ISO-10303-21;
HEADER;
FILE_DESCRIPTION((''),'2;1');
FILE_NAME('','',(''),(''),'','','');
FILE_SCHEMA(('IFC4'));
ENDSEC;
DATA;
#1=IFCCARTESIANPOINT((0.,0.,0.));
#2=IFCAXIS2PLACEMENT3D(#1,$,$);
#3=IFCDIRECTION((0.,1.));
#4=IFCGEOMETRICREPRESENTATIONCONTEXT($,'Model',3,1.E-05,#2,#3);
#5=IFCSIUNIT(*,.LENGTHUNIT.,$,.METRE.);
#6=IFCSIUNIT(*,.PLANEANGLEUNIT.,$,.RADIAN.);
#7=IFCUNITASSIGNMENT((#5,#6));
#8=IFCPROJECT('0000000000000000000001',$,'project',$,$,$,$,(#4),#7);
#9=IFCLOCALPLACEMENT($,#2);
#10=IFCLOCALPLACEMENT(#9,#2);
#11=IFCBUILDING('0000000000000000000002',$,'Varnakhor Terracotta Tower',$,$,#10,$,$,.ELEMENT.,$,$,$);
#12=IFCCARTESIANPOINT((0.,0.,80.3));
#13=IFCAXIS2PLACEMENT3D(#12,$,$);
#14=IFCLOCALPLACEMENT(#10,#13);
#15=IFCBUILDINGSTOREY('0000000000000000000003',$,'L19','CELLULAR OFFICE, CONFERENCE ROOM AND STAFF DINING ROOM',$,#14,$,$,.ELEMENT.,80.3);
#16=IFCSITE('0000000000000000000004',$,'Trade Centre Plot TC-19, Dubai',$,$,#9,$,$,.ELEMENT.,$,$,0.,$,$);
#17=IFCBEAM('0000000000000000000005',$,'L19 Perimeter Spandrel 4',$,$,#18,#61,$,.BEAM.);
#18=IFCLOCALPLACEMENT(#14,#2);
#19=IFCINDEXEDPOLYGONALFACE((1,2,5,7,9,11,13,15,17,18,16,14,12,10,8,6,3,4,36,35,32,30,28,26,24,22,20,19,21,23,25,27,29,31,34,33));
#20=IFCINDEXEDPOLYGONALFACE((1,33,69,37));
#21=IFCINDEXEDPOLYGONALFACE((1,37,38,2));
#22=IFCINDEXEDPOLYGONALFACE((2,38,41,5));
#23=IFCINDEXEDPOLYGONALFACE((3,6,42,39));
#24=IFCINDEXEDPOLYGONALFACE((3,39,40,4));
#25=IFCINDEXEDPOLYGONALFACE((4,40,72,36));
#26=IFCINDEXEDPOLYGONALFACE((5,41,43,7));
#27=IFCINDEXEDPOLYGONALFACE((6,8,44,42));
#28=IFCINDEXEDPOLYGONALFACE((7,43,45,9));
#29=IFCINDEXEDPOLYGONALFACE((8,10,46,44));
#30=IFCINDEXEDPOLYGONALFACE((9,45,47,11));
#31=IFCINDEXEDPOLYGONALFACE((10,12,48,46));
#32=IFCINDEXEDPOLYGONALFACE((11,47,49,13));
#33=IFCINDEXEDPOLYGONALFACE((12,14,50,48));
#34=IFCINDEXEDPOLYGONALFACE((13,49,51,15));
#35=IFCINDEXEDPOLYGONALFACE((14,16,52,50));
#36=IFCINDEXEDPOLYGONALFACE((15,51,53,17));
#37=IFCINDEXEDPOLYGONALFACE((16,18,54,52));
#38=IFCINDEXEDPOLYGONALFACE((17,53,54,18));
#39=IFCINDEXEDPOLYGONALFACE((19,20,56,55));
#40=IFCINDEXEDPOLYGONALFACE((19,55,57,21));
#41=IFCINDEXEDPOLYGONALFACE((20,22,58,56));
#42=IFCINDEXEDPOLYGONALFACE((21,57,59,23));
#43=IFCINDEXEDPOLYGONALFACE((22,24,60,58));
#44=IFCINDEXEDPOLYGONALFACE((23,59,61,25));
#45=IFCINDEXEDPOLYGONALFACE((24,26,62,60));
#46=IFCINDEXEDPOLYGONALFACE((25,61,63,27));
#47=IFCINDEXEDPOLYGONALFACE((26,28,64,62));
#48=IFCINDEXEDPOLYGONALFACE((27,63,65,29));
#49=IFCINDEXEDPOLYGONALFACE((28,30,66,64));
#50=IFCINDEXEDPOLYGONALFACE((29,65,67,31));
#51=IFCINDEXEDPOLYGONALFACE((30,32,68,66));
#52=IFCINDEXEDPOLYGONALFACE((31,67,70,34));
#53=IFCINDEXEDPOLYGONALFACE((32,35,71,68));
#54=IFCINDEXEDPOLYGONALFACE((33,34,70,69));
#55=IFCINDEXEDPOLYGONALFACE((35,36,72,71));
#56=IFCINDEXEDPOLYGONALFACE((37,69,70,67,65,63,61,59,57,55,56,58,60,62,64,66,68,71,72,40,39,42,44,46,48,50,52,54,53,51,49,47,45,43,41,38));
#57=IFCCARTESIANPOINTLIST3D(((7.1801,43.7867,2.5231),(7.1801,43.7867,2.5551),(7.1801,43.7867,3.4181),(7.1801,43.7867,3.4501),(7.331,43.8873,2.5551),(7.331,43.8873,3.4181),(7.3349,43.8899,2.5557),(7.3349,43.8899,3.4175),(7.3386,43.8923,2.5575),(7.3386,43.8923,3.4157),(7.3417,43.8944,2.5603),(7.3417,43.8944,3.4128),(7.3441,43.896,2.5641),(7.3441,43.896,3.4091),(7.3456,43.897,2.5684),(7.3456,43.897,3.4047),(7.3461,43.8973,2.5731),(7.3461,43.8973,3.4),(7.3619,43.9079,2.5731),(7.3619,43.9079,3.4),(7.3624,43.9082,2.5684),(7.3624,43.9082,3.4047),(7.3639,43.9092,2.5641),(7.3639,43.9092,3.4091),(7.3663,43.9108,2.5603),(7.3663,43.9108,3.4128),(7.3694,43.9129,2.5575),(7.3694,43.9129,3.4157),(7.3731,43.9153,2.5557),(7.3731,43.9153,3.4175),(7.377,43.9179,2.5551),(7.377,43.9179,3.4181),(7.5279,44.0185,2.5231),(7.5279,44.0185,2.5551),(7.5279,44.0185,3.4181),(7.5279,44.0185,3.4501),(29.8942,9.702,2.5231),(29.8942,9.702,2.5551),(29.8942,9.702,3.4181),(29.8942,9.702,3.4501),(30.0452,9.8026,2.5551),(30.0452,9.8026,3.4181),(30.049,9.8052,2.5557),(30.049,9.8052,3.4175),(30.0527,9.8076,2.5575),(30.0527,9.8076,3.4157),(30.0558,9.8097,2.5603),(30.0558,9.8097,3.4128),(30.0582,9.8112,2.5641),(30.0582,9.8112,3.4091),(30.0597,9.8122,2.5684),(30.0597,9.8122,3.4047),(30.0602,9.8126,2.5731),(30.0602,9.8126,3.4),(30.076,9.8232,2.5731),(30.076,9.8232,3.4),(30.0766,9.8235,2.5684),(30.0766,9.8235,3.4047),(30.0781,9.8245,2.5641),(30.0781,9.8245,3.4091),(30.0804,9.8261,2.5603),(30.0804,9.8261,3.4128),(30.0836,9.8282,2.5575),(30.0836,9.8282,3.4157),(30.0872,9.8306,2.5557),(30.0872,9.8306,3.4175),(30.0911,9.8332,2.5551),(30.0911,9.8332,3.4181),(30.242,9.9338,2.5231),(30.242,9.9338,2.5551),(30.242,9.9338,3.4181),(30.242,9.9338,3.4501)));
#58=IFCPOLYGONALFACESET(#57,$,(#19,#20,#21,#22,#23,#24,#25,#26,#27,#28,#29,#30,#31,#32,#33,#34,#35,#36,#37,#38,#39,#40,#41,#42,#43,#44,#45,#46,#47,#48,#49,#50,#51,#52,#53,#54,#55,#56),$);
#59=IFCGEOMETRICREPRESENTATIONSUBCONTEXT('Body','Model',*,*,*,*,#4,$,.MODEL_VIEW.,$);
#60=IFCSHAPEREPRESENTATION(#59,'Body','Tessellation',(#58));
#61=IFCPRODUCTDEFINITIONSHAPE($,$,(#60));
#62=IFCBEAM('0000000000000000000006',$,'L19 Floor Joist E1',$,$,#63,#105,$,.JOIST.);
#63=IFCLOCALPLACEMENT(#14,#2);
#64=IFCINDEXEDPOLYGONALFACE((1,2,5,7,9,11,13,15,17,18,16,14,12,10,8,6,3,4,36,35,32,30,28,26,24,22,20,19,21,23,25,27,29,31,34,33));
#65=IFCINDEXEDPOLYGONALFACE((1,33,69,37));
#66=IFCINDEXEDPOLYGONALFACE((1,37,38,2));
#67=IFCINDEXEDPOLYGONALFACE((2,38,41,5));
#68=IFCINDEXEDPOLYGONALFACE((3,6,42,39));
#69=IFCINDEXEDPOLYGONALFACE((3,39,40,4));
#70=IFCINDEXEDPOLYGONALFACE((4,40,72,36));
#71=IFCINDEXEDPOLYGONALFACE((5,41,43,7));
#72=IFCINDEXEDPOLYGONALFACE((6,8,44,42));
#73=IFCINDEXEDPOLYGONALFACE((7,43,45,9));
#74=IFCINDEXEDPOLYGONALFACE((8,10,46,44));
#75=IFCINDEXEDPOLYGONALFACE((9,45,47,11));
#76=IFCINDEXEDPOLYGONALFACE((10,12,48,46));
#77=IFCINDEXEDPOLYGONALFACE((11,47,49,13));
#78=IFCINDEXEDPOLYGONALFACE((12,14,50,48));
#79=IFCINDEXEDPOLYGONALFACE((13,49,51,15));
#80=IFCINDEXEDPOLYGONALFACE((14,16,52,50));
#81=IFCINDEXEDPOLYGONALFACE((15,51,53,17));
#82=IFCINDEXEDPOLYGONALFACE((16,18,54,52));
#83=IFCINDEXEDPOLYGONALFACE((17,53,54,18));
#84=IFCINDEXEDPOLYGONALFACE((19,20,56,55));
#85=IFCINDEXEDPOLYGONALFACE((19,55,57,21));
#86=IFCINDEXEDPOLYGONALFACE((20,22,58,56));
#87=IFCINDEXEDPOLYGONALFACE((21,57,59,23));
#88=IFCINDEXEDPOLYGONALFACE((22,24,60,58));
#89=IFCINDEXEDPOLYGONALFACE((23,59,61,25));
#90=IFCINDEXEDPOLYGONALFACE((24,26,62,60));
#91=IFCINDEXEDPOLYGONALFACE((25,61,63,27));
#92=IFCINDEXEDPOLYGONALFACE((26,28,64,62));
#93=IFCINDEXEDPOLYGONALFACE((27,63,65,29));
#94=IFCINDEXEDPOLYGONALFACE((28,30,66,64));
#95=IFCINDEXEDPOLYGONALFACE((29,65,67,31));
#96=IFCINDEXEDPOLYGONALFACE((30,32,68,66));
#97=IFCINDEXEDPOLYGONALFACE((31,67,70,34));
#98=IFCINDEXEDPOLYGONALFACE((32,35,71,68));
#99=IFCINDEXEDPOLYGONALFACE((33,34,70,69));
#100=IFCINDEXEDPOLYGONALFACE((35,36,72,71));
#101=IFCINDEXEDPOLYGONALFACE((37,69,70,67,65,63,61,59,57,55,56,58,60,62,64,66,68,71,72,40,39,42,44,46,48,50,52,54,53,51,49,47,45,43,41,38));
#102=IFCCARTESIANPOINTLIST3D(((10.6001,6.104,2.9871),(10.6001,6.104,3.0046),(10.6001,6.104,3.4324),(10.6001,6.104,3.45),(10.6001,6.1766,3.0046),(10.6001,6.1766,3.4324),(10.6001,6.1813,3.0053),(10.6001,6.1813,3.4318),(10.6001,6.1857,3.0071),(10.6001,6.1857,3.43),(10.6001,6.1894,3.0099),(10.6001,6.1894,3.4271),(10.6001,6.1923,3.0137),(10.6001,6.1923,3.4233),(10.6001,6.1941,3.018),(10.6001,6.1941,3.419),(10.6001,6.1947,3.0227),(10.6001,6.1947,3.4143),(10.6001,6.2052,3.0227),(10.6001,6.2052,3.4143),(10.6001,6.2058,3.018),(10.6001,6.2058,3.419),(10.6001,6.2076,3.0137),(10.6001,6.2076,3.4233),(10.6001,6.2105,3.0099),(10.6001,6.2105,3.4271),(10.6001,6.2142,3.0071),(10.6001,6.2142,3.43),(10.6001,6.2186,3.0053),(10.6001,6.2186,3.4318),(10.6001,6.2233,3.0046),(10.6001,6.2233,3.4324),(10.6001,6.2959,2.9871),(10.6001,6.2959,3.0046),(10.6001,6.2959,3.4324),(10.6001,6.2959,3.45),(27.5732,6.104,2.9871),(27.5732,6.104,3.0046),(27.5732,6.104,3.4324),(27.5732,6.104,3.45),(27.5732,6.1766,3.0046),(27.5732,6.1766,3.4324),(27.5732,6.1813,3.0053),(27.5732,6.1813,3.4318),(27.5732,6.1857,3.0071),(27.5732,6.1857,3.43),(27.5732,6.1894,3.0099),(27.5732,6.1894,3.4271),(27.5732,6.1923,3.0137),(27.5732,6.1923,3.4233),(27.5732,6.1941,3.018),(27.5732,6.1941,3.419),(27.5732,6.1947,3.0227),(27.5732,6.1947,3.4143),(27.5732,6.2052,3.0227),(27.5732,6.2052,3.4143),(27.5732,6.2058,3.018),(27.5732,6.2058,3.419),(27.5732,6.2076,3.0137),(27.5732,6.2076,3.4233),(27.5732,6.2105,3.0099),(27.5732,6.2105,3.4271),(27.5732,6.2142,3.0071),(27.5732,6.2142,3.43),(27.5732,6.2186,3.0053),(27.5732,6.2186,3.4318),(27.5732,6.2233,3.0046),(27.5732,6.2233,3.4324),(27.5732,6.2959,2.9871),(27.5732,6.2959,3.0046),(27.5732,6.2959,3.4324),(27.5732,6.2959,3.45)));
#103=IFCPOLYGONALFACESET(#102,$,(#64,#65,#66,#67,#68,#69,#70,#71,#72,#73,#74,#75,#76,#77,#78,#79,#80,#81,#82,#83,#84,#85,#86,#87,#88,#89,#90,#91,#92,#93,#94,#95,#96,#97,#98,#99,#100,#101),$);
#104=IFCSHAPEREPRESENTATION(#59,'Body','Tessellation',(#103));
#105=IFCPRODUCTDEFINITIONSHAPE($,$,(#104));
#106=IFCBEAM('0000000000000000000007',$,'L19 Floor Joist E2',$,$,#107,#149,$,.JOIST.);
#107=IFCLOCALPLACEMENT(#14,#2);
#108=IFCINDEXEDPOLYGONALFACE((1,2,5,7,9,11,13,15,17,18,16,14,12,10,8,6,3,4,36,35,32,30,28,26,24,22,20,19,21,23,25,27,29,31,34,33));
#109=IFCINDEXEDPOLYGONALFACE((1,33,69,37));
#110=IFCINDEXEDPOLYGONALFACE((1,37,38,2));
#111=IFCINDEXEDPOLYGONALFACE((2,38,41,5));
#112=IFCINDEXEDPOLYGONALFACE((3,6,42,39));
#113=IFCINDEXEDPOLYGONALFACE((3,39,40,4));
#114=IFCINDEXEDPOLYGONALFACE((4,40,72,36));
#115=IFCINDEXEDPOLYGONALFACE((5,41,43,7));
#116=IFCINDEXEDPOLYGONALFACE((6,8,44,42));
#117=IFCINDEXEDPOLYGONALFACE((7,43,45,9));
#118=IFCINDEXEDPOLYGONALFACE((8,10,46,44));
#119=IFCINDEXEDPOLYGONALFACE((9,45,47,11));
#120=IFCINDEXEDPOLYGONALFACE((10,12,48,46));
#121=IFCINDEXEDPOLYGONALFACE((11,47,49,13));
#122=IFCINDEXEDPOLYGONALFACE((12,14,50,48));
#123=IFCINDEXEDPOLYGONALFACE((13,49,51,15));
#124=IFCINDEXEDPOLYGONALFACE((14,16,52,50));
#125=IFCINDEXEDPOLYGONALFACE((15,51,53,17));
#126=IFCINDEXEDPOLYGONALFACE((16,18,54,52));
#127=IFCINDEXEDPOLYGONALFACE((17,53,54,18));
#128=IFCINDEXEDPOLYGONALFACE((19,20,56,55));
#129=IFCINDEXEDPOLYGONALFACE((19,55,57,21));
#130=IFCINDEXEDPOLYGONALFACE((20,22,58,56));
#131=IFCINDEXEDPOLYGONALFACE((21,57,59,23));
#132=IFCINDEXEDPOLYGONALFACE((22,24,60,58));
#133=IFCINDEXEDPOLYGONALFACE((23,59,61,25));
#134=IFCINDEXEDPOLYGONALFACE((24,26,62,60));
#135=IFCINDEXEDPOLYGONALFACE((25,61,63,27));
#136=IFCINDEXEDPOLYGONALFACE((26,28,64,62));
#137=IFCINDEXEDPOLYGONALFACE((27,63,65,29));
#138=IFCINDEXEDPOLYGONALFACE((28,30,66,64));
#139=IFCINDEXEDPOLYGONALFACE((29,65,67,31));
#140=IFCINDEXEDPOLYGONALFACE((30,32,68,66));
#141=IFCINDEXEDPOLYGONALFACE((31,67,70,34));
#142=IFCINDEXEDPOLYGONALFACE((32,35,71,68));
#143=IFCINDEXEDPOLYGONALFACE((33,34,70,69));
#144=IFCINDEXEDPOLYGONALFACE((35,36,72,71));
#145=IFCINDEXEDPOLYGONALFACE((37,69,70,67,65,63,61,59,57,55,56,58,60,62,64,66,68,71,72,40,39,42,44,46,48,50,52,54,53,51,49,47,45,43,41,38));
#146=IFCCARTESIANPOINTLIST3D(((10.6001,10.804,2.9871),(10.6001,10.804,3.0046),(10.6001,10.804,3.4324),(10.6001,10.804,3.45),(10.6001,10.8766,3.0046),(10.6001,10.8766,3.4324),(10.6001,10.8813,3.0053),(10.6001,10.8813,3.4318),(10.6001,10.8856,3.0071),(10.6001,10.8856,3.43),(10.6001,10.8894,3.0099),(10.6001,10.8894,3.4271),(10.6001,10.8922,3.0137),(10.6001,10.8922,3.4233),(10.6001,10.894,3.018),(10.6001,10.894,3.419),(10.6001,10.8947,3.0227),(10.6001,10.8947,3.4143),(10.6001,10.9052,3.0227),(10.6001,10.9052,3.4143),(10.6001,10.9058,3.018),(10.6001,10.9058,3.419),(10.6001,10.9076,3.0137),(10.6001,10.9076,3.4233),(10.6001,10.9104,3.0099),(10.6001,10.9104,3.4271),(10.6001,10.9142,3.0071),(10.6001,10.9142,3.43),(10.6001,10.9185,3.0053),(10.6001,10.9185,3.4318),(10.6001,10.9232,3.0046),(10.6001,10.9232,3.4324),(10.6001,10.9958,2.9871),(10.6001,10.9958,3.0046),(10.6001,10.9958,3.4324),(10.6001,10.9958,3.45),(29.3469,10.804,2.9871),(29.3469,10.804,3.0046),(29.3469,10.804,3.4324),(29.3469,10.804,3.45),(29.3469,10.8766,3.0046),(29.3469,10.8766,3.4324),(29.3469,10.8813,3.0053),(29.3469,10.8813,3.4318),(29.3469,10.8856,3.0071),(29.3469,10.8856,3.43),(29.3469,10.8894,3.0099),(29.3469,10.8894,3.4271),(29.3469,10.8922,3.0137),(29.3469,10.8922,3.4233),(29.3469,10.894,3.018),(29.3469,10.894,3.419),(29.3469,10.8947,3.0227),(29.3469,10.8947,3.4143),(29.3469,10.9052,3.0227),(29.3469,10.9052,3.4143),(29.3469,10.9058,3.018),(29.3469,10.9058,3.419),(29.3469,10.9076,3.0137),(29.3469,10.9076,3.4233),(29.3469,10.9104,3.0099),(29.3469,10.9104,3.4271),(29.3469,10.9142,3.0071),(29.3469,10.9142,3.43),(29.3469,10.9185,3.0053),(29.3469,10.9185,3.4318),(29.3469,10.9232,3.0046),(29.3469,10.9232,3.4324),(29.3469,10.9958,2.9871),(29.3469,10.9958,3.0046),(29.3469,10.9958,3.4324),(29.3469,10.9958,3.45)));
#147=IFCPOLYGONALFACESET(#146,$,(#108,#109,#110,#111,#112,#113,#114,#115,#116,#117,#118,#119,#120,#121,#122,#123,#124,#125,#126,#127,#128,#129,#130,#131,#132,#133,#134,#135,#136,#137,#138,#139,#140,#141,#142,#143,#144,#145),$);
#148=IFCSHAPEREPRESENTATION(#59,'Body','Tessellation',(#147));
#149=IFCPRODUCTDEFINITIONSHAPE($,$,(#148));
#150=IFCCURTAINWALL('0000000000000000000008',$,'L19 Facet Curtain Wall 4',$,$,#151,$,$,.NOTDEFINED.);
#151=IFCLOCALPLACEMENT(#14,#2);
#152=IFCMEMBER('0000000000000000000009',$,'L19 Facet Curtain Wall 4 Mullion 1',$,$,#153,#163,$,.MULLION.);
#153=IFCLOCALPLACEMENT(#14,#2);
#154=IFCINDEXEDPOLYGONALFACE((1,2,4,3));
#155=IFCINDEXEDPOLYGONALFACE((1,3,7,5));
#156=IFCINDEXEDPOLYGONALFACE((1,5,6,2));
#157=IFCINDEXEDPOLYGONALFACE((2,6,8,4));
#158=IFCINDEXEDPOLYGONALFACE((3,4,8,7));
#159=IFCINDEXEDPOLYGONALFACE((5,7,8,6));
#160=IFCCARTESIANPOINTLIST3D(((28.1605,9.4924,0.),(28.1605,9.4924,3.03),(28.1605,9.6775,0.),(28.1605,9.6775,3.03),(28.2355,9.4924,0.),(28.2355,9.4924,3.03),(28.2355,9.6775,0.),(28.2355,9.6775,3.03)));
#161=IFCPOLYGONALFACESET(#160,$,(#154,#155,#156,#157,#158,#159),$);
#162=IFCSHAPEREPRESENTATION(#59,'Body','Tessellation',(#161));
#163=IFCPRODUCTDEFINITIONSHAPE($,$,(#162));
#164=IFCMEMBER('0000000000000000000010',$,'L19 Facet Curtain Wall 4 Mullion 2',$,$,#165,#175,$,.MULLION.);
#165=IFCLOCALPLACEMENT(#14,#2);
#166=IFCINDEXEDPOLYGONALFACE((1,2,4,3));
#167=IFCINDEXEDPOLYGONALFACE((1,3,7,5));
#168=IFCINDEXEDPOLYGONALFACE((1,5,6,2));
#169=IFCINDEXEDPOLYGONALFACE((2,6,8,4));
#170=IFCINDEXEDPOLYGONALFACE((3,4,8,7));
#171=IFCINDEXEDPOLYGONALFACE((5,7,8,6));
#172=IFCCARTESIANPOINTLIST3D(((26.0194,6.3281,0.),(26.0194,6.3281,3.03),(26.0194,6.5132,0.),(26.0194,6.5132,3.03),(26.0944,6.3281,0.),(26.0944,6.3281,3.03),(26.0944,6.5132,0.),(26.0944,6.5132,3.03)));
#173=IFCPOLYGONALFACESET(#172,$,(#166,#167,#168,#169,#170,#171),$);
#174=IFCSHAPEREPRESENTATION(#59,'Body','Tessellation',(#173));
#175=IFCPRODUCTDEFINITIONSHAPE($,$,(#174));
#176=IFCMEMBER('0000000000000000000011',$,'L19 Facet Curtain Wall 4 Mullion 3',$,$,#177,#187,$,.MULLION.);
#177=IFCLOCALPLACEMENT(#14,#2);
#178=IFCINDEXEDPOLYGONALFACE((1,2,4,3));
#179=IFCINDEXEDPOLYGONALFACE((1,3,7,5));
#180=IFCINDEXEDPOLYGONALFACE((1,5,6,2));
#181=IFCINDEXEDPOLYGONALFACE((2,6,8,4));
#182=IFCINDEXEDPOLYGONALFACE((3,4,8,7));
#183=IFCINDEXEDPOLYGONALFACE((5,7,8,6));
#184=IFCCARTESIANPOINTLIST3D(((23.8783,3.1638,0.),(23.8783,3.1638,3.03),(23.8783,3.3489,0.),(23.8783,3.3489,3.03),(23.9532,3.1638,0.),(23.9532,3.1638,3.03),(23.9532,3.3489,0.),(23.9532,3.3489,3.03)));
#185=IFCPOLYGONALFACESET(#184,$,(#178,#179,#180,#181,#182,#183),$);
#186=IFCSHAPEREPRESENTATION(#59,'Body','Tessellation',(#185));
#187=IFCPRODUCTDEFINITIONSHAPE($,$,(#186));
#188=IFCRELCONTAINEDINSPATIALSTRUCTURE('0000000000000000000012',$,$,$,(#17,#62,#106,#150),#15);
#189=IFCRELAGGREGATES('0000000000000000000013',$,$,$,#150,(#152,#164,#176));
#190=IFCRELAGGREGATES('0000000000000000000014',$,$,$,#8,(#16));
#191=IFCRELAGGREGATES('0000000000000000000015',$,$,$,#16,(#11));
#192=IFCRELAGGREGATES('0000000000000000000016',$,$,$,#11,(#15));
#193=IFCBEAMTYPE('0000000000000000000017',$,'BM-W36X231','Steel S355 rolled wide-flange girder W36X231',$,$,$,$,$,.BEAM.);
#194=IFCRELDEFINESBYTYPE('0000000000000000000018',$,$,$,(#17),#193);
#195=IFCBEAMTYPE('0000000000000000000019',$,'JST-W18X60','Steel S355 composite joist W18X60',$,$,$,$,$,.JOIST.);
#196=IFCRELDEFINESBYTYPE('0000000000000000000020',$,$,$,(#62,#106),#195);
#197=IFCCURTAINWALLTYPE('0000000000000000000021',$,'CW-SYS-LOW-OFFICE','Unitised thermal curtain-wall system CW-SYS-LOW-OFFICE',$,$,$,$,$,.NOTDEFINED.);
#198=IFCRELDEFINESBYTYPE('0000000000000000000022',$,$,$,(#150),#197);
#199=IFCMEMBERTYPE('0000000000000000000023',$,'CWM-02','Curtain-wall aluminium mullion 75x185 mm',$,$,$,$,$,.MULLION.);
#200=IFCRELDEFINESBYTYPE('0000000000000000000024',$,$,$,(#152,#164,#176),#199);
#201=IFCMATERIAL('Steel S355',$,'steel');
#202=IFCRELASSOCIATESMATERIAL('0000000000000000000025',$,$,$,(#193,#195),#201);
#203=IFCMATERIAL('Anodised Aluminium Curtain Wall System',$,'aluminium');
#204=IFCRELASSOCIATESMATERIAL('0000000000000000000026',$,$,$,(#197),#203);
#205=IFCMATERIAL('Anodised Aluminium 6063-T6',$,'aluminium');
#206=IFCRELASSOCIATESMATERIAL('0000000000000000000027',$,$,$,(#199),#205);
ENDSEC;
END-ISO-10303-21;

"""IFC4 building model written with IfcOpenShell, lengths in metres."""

from ifc_helpers import new_model, si_unit, direction, frame, origin, origin_2d, place, context, subcontext, project, spatial, rectangle, i_section, extrude, source, transform, mapped, material, material_profile, profile_set, type_object, type_shapes, element, aggregate, save


model = new_model("IFC4")

# Units and contexts
model_context = context("Model", 3, precision=1e-05, world=origin(), true_north=direction((0.0, 1.0)))
body_context = subcontext(model_context, "Body", "Model", "MODEL_VIEW")
ifc_project = project(units=[si_unit("LENGTHUNIT", "METRE"), si_unit("PLANEANGLEUNIT", "RADIAN")], contexts=[model_context])

# Site, building, storey
site_placement = place(None, origin())
site = spatial("IfcSite", under=ifc_project, at=site_placement, Name="Trade Centre Plot TC-19, Dubai", CompositionType="ELEMENT", RefElevation=0.0)
building_placement = place(site_placement, origin())
building = spatial("IfcBuilding", under=site, at=building_placement, Name="Varnakhor Terracotta Tower", CompositionType="ELEMENT")
storey_placement = place(building_placement, frame((0.0, 0.0, 80.3)))
storey = spatial("IfcBuildingStorey", under=building, at=storey_placement, Name="L19", Description="CELLULAR OFFICE, CONFERENCE ROOM AND STAFF DINING ROOM", CompositionType="ELEMENT", Elevation=80.3)

# Beams
ifc_material_1 = material(Name="Steel S355", Category="steel")
ifc_material_profile_1 = material_profile(ifc_material_1, i_section(OverallWidth=0.418, OverallDepth=0.927, WebThickness=0.019, FlangeThickness=0.032, FilletRadius=0.0181, at=origin_2d()), Name="W36X231")
ifc_profile_set_1 = profile_set([ifc_material_profile_1], Name="Steel S355")
beam_type_1 = type_object("IfcBeamType", Name="BM-W36X231", Description="Steel S355 rolled wide-flange girder W36X231", PredefinedType="BEAM", material=ifc_profile_set_1)
shared_shape_1 = source(origin(), body_context, "Body", "SweptSolid", [
    extrude(i_section(OverallWidth=0.418, OverallDepth=0.927, WebThickness=0.019, FlangeThickness=0.032, FilletRadius=0.0181, at=origin_2d()), origin(), (0.0, 0.0, 1.0), 40.9597),
])
beam_1_placement = place(storey_placement, frame((30.0681, 9.8179, 2.9866), z_axis=(-0.554548, 0.832152, 0.0), x_axis=(-0.832152, -0.554548, 0.0)))
element("IfcBeam", 1, at=beam_1_placement, inside=storey, type_object=beam_type_1, Name="L19 Perimeter Spandrel 4", PredefinedType="BEAM", context=body_context, shape_type="MappedRepresentation", body=[
    mapped(shared_shape_1, transform((0.0, 0.0, 0.0), scale=1.0)),
])
ifc_material_profile_2 = material_profile(ifc_material_1, i_section(OverallWidth=0.1919, OverallDepth=0.4629, WebThickness=0.0105, FlangeThickness=0.0176, FilletRadius=0.0181, at=origin_2d()), Name="W18X60")
ifc_profile_set_2 = profile_set([ifc_material_profile_2], Name="Steel S355")
beam_type_2 = type_object("IfcBeamType", Name="JST-W18X60", Description="Steel S355 composite joist W18X60", PredefinedType="JOIST", material=ifc_profile_set_2)
shared_shape_2 = source(origin(), body_context, "Body", "SweptSolid", [
    extrude(i_section(OverallWidth=0.1919, OverallDepth=0.4629, WebThickness=0.0105, FlangeThickness=0.0176, FilletRadius=0.0181, at=origin_2d()), origin(), (0.0, 0.0, 1.0), 16.9731),
])
beam_2_placement = place(storey_placement, frame((10.6001, 6.2, 3.2185), z_axis=(1.0, 0.0, 0.0), x_axis=(0.0, 1.0, 0.0)))
element("IfcBeam", 2, at=beam_2_placement, inside=storey, type_object=beam_type_2, Name="L19 Floor Joist E1", PredefinedType="JOIST", context=body_context, shape_type="MappedRepresentation", body=[
    mapped(shared_shape_2, transform((0.0, 0.0, 0.0), scale=1.0)),
])
shared_shape_3 = source(origin(), body_context, "Body", "SweptSolid", [
    extrude(i_section(OverallWidth=0.1919, OverallDepth=0.4629, WebThickness=0.0105, FlangeThickness=0.0176, FilletRadius=0.0181, at=origin_2d()), origin(), (0.0, 0.0, 1.0), 18.7468),
])
beam_3_placement = place(storey_placement, frame((10.6001, 10.8999, 3.2185), z_axis=(1.0, 0.0, 0.0), x_axis=(0.0, 1.0, 0.0)))
element("IfcBeam", 3, at=beam_3_placement, inside=storey, type_object=beam_type_2, Name="L19 Floor Joist E2", PredefinedType="JOIST", context=body_context, shape_type="MappedRepresentation", body=[
    mapped(shared_shape_3, transform((0.0, 0.0, 0.0), scale=1.0)),
])

# Curtain wall, members
ifc_material_2 = material(Name="Anodised Aluminium Curtain Wall System", Category="aluminium")
curtain_wall_type = type_object("IfcCurtainWallType", Name="CW-SYS-LOW-OFFICE", Description="Unitised thermal curtain-wall system CW-SYS-LOW-OFFICE", PredefinedType="NOTDEFINED", material=ifc_material_2)
curtain_wall_1_placement = place(storey_placement, origin())
curtain_wall_1 = element("IfcCurtainWall", 4, at=curtain_wall_1_placement, inside=storey, type_object=curtain_wall_type, Name="L19 Facet Curtain Wall 4", PredefinedType="NOTDEFINED")
ifc_material_3 = material(Name="Anodised Aluminium 6063-T6", Category="aluminium")
ifc_material_profile_3 = material_profile(ifc_material_3, rectangle(XDim=0.075, YDim=0.1851, at=origin_2d()), Name="ALU MULLION 75x185")
ifc_profile_set_3 = profile_set([ifc_material_profile_3], Name="Anodised Aluminium 6063-T6")
member_type_1 = type_object("IfcMemberType", Name="CWM-02", Description="Curtain-wall aluminium mullion 75x185 mm", PredefinedType="MULLION", material=ifc_profile_set_3)
shared_shape_4 = source(origin(), body_context, "Body", "SweptSolid", [
    extrude(rectangle(XDim=0.075, YDim=0.1851, at=origin_2d()), origin(), (0.0, 0.0, 1.0), 3.03),
])
type_shapes(member_type_1, [shared_shape_4])
member_1_placement = place(storey_placement, frame((28.198, 9.585, 0.0), z_axis=(0.0, 0.0, 1.0), x_axis=(1.0, 0.0, 0.0)))
member_1 = element("IfcMember", 5, at=member_1_placement, type_object=member_type_1, Name="L19 Facet Curtain Wall 4 Mullion 1", PredefinedType="MULLION", context=body_context, shape_type="MappedRepresentation", body=[
    mapped(shared_shape_4, transform((0.0, 0.0, 0.0), scale=1.0)),
])
member_2_placement = place(storey_placement, frame((26.0569, 6.4207, 0.0), z_axis=(0.0, 0.0, 1.0), x_axis=(1.0, 0.0, 0.0)))
member_2 = element("IfcMember", 6, at=member_2_placement, type_object=member_type_1, Name="L19 Facet Curtain Wall 4 Mullion 2", PredefinedType="MULLION", context=body_context, shape_type="MappedRepresentation", body=[
    mapped(shared_shape_4, transform((0.0, 0.0, 0.0), scale=1.0)),
])
member_3_placement = place(storey_placement, frame((23.9158, 3.2563, 0.0), z_axis=(0.0, 0.0, 1.0), x_axis=(1.0, 0.0, 0.0)))
member_3 = element("IfcMember", 7, at=member_3_placement, type_object=member_type_1, Name="L19 Facet Curtain Wall 4 Mullion 3", PredefinedType="MULLION", context=body_context, shape_type="MappedRepresentation", body=[
    mapped(shared_shape_4, transform((0.0, 0.0, 0.0), scale=1.0)),
])

aggregate(curtain_wall_1, [member_1, member_2, member_3])

save(model, "model.ifc")
